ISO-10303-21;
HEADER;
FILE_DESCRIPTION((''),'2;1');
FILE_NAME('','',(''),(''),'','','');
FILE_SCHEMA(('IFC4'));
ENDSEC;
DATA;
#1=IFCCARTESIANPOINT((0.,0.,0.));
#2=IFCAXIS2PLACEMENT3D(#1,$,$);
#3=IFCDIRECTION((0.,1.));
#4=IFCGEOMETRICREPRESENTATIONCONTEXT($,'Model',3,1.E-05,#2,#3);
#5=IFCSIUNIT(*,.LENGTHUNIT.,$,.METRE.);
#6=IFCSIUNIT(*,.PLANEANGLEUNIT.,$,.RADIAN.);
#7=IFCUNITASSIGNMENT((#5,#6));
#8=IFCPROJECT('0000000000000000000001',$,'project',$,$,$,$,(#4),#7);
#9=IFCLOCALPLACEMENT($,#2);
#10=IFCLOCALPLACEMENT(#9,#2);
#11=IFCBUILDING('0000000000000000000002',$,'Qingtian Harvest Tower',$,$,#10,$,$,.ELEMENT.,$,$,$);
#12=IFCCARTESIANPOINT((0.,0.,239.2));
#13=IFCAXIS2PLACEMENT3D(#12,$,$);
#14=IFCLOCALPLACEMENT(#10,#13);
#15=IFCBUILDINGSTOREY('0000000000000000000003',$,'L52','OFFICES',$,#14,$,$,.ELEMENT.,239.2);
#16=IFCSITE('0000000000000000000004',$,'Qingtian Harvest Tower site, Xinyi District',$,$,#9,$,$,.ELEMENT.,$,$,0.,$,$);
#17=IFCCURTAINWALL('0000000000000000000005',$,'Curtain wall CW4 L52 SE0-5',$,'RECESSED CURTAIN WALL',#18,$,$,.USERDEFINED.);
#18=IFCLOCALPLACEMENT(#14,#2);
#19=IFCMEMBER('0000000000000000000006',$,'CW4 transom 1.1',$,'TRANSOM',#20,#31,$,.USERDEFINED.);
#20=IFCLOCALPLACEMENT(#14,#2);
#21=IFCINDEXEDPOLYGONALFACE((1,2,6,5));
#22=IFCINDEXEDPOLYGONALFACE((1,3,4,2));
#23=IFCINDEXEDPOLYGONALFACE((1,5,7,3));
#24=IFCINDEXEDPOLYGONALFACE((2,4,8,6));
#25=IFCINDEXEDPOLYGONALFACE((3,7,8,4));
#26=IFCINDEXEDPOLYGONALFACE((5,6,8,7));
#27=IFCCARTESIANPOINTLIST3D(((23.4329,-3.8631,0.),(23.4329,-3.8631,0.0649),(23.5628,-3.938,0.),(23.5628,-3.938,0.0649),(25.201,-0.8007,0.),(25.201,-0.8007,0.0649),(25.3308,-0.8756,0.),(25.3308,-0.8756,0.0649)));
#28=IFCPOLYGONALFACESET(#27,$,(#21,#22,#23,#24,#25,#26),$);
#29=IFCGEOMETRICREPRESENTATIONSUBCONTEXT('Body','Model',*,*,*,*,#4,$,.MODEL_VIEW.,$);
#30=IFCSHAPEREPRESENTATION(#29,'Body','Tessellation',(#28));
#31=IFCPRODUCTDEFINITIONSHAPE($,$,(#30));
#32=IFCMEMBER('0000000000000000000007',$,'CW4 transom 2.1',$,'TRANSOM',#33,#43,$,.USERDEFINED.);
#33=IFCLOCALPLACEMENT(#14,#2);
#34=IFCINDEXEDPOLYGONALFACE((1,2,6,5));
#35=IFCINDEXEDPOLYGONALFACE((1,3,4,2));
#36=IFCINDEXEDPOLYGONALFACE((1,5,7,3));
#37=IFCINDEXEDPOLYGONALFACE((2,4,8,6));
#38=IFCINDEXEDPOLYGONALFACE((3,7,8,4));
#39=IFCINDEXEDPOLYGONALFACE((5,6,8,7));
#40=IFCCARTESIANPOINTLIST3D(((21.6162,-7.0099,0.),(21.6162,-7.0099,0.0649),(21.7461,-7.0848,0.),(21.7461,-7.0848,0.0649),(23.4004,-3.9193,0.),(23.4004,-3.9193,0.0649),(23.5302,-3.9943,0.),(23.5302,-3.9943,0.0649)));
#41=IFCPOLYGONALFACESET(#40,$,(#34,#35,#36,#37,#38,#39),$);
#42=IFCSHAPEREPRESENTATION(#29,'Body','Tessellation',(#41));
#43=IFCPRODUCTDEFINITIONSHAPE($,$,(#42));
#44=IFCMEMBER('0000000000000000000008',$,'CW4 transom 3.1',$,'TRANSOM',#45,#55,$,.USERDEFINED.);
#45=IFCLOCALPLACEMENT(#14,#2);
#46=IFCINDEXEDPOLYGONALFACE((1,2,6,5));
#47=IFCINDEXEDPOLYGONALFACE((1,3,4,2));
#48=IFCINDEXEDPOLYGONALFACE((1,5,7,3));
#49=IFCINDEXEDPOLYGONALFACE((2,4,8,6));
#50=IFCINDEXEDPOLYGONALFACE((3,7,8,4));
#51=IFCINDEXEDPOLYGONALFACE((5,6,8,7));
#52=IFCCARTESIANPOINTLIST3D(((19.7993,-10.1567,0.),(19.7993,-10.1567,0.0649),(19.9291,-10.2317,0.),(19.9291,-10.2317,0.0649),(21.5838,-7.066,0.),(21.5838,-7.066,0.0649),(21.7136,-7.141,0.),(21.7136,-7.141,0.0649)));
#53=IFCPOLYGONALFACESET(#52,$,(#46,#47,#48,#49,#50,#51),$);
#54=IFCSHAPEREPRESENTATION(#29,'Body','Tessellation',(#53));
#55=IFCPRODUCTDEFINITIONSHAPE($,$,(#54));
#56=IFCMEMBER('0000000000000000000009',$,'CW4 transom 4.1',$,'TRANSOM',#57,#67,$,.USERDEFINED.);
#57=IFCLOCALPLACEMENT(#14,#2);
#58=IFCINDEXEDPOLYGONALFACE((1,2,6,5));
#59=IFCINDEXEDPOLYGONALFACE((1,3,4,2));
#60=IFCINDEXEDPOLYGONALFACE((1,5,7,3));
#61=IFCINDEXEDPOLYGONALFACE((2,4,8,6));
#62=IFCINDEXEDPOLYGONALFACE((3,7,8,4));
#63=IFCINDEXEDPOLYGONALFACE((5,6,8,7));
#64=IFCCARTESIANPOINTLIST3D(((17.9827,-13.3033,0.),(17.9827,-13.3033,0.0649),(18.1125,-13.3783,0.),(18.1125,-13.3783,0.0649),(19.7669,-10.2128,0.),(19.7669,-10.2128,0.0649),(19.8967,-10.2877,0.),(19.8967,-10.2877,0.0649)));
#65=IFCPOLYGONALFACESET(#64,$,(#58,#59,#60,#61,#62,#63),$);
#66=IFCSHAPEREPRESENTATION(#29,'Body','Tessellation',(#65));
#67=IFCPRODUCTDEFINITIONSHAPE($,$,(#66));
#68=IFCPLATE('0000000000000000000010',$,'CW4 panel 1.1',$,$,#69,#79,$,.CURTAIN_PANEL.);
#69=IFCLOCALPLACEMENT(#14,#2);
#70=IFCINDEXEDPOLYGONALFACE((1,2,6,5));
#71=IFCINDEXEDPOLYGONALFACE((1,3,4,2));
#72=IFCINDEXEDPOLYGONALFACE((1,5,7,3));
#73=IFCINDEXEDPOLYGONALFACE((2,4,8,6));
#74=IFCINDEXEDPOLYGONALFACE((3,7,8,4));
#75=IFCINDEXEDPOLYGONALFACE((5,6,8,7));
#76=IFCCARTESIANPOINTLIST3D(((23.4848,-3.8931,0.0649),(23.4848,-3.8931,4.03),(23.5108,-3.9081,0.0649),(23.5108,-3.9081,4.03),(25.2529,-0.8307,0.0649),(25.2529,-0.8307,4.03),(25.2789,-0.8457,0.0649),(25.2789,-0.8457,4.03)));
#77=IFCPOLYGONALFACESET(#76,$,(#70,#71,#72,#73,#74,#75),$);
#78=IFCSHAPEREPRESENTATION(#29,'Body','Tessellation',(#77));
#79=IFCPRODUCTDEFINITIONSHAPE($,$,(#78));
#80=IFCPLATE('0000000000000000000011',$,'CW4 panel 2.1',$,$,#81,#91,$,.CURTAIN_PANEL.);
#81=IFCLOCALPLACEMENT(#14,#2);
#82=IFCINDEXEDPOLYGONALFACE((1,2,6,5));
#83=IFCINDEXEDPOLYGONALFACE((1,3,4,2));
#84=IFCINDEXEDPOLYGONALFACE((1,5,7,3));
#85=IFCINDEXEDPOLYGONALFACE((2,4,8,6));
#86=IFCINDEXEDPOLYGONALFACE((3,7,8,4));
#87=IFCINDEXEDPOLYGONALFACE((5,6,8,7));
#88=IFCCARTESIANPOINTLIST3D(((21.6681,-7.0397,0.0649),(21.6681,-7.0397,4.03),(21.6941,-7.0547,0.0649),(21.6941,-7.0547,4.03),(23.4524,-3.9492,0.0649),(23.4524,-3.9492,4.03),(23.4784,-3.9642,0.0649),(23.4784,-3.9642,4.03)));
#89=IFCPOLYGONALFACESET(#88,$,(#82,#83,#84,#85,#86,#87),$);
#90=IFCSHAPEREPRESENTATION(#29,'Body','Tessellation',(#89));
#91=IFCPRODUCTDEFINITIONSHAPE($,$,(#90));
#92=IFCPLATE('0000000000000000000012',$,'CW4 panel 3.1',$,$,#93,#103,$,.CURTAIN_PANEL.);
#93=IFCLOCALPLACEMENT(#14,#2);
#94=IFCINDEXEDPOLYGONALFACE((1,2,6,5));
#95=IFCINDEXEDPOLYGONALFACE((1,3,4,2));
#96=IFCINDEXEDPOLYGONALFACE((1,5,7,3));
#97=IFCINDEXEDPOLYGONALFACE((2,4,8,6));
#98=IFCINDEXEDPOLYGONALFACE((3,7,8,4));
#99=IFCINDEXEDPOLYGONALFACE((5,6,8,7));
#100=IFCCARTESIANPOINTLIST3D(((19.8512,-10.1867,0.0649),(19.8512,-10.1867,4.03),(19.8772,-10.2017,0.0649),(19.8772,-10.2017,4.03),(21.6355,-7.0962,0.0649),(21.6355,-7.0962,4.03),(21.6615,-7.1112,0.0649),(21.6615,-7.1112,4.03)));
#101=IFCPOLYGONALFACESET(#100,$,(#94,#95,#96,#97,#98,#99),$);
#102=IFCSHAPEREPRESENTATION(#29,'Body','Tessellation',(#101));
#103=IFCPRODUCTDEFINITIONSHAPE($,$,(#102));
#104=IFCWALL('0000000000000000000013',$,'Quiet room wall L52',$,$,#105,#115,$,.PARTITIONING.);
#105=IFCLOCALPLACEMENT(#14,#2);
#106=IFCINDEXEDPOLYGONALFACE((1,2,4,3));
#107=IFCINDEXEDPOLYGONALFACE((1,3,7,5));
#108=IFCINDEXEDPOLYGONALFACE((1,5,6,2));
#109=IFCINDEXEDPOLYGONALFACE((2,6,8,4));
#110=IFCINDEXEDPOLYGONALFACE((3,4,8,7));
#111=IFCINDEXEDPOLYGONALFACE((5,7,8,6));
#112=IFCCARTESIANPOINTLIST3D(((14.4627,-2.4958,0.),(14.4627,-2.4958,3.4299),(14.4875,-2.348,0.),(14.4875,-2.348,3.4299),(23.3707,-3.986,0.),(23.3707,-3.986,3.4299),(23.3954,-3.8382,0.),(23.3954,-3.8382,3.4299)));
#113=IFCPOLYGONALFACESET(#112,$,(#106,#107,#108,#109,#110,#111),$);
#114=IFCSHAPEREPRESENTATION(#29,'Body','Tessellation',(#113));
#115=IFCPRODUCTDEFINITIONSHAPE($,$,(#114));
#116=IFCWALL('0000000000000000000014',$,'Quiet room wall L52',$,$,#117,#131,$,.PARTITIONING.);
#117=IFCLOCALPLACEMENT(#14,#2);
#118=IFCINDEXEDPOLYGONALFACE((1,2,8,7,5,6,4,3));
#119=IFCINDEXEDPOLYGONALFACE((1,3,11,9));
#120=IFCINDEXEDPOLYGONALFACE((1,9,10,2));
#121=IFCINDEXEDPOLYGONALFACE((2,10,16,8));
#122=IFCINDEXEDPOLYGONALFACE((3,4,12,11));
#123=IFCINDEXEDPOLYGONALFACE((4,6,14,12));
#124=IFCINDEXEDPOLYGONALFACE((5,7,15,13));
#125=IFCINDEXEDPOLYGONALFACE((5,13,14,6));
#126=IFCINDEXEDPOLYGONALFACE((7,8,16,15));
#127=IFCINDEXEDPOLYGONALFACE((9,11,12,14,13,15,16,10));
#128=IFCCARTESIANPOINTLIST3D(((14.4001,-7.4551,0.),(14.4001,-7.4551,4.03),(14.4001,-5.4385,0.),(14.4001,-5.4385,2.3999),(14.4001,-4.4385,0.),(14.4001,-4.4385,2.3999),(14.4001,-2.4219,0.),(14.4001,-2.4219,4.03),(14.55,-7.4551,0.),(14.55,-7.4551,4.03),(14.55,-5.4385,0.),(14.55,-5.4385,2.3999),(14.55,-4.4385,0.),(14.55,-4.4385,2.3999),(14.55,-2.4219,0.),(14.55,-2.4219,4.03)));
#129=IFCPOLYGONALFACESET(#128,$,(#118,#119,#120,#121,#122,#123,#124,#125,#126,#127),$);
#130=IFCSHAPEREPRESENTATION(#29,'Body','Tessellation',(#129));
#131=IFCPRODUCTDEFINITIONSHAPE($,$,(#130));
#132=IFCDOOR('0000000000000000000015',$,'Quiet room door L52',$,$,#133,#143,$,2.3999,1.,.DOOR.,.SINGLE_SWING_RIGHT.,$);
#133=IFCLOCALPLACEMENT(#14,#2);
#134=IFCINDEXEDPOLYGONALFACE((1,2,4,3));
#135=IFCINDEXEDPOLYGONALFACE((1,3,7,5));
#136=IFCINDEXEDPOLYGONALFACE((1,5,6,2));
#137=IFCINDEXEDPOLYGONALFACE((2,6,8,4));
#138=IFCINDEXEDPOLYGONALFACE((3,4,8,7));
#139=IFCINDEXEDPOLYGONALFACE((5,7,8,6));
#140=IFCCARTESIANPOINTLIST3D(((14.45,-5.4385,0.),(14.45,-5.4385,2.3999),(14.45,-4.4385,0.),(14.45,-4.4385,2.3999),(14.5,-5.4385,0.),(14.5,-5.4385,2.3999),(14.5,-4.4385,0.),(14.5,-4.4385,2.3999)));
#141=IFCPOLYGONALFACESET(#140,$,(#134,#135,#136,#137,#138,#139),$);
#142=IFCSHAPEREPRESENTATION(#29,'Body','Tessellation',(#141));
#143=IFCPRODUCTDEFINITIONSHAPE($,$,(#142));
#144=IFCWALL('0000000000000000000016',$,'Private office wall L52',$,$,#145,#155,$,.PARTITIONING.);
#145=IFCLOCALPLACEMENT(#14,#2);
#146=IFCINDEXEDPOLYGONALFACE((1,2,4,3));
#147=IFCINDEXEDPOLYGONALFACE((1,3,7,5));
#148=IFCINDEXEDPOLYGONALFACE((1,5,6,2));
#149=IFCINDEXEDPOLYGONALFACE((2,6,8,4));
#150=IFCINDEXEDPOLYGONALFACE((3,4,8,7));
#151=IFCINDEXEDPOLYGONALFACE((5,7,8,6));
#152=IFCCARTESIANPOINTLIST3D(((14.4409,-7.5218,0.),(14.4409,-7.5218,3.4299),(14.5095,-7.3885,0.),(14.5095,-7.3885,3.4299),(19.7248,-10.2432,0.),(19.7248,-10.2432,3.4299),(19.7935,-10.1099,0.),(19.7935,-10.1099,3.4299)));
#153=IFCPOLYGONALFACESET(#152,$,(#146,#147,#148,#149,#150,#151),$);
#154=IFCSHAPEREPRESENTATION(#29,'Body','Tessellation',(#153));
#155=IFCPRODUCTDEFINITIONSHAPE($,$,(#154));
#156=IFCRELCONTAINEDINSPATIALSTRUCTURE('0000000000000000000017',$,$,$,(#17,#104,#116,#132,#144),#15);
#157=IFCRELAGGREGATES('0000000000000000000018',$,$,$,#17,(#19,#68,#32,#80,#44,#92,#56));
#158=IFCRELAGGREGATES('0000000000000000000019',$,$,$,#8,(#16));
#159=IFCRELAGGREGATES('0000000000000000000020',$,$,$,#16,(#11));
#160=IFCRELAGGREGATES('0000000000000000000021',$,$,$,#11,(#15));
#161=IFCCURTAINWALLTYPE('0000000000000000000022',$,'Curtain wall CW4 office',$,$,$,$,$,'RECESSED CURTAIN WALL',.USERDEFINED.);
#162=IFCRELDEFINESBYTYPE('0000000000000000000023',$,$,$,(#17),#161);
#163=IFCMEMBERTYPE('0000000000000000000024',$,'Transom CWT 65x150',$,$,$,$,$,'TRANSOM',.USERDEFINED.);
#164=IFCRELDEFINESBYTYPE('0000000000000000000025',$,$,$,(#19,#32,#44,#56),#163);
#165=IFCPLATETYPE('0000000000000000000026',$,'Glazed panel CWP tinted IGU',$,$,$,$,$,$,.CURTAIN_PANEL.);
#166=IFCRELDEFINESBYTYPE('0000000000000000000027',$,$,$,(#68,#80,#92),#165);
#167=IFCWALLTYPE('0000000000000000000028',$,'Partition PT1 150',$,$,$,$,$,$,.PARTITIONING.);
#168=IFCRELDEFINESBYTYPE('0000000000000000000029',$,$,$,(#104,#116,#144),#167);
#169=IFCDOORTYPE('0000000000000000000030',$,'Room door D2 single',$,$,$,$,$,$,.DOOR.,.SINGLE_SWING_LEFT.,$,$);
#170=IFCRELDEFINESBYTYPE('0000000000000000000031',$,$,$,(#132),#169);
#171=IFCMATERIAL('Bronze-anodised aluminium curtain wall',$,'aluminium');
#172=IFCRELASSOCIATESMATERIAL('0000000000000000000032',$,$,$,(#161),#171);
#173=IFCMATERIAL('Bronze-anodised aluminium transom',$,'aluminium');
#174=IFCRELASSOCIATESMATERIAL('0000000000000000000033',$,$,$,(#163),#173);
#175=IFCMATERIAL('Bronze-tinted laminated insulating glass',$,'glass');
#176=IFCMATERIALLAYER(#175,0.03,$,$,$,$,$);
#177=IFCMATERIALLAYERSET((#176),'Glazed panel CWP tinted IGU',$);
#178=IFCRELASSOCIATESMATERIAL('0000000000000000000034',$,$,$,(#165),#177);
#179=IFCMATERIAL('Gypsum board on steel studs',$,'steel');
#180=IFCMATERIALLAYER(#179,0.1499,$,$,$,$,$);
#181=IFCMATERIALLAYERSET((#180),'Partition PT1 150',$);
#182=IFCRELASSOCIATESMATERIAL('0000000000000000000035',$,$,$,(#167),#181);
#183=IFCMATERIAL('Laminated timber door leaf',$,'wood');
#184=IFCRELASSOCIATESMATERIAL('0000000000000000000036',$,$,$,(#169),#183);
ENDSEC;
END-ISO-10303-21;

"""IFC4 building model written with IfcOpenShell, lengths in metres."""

from ifc_helpers import new_model, si_unit, direction, frame, frame_2d, origin, origin_2d, place, context, subcontext, project, spatial, rectangle, extrude, material, layer, layer_set, material_profile, profile_set, type_object, element, fill, aggregate, save


model = new_model("IFC4")

# Units and contexts
model_context = context("Model", 3, precision=1e-05, world=origin(), true_north=direction((0.0, 1.0)))
body_context = subcontext(model_context, "Body", "Model", "MODEL_VIEW")
ifc_project = project(units=[si_unit("LENGTHUNIT", "METRE"), si_unit("PLANEANGLEUNIT", "RADIAN")], contexts=[model_context])

# Site, building, storey
site_placement = place(None, origin())
site = spatial("IfcSite", under=ifc_project, at=site_placement, Name="Qingtian Harvest Tower site, Xinyi District", CompositionType="ELEMENT", RefElevation=0.0)
building_placement = place(site_placement, origin())
building = spatial("IfcBuilding", under=site, at=building_placement, Name="Qingtian Harvest Tower", CompositionType="ELEMENT")
storey_placement = place(building_placement, frame((0.0, 0.0, 239.2)))
storey = spatial("IfcBuildingStorey", under=building, at=storey_placement, Name="L52", Description="OFFICES", CompositionType="ELEMENT", Elevation=239.2)

# Shared definitions
ifc_material_1 = material(Name="Bronze-anodised aluminium curtain wall", Category="aluminium")
curtain_wall_type = type_object("IfcCurtainWallType", Name="Curtain wall CW4 office", ElementType="RECESSED CURTAIN WALL", PredefinedType="USERDEFINED", material=ifc_material_1)

# Curtain wall
curtain_wall_1_placement = place(storey_placement, origin())
curtain_wall_1 = element("IfcCurtainWall", 1, at=curtain_wall_1_placement, inside=storey, type_object=curtain_wall_type, Name="Curtain wall CW4 L52 SE0-5", ObjectType="RECESSED CURTAIN WALL", PredefinedType="USERDEFINED")

# Members
ifc_material_2 = material(Name="Bronze-anodised aluminium transom", Category="aluminium")
ifc_material_profile_1 = material_profile(ifc_material_2, rectangle(XDim=0.1499, YDim=0.0649, at=origin_2d()), Name="AL 65x150")
ifc_profile_set_1 = profile_set([ifc_material_profile_1], Name="Bronze-anodised aluminium transom")
member_type_1 = type_object("IfcMemberType", Name="Transom CWT 65x150", ElementType="TRANSOM", PredefinedType="USERDEFINED", material=ifc_profile_set_1)
member_1_placement = place(storey_placement, frame((25.2659, -0.8381, 0.0325), z_axis=(-0.499985, -0.866034, 0.0), x_axis=(0.866034, -0.499985, 0.0)))
member_1 = element("IfcMember", 2, at=member_1_placement, type_object=member_type_1, Name="CW4 transom 1.1", ObjectType="TRANSOM", PredefinedType="USERDEFINED", context=body_context, shape_type="SweptSolid", body=[
    extrude(rectangle(XDim=0.1499, YDim=0.0649, at=origin_2d()), origin(), (0.0, 0.0, 1.0), 3.5361),
])
member_2_placement = place(storey_placement, frame((23.4653, -3.9568, 0.0325), z_axis=(-0.499965, -0.866045, 0.0), x_axis=(0.866045, -0.499965, 0.0)))
member_2 = element("IfcMember", 3, at=member_2_placement, type_object=member_type_1, Name="CW4 transom 2.1", ObjectType="TRANSOM", PredefinedType="USERDEFINED", context=body_context, shape_type="SweptSolid", body=[
    extrude(rectangle(XDim=0.1499, YDim=0.0649, at=origin_2d()), origin(), (0.0, 0.0, 1.0), 3.5686),
])
member_3_placement = place(storey_placement, frame((21.6487, -7.1035, 0.0325), z_axis=(-0.500017, -0.866016, 0.0), x_axis=(0.866016, -0.500017, 0.0)))
member_3 = element("IfcMember", 4, at=member_3_placement, type_object=member_type_1, Name="CW4 transom 3.1", ObjectType="TRANSOM", PredefinedType="USERDEFINED", context=body_context, shape_type="SweptSolid", body=[
    extrude(rectangle(XDim=0.1499, YDim=0.0649, at=origin_2d()), origin(), (0.0, 0.0, 1.0), 3.5688),
])
member_4_placement = place(storey_placement, frame((19.8318, -10.2502, 0.0325), z_axis=(-0.499965, -0.866045, 0.0), x_axis=(0.866045, -0.499965, 0.0)))
member_4 = element("IfcMember", 5, at=member_4_placement, type_object=member_type_1, Name="CW4 transom 4.1", ObjectType="TRANSOM", PredefinedType="USERDEFINED", context=body_context, shape_type="SweptSolid", body=[
    extrude(rectangle(XDim=0.1499, YDim=0.0649, at=origin_2d()), origin(), (0.0, 0.0, 1.0), 3.5686),
])

# Plates
ifc_material_3 = material(Name="Bronze-tinted laminated insulating glass", Category="glass")
ifc_layer_1 = layer(ifc_material_3, 0.03)
ifc_layer_set_1 = layer_set([ifc_layer_1], Name="Glazed panel CWP tinted IGU")
plate_type = type_object("IfcPlateType", Name="Glazed panel CWP tinted IGU", PredefinedType="CURTAIN_PANEL", material=ifc_layer_set_1)
plate_1_placement = place(storey_placement, frame((24.3818, -2.3694, 0.0649), z_axis=(0.0, 0.0, 1.0), x_axis=(-0.5, -0.866025, 0.0)))
plate_1 = element("IfcPlate", 6, at=plate_1_placement, type_object=plate_type, Name="CW4 panel 1.1", PredefinedType="CURTAIN_PANEL", context=body_context, shape_type="SweptSolid", body=[
    extrude(rectangle(XDim=3.5361, YDim=0.03, at=origin_2d()), origin(), (0.0, 0.0, 1.0), 3.9651),
])
plate_2_placement = place(storey_placement, frame((22.5732, -5.502, 0.0649), z_axis=(0.0, 0.0, 1.0), x_axis=(-0.5, -0.866025, 0.0)))
plate_2 = element("IfcPlate", 7, at=plate_2_placement, type_object=plate_type, Name="CW4 panel 2.1", PredefinedType="CURTAIN_PANEL", context=body_context, shape_type="SweptSolid", body=[
    extrude(rectangle(XDim=3.5686, YDim=0.03, at=origin_2d()), origin(), (0.0, 0.0, 1.0), 3.9651),
])
plate_3_placement = place(storey_placement, frame((20.7563, -8.6489, 0.0649), z_axis=(0.0, 0.0, 1.0), x_axis=(-0.5, -0.866025, 0.0)))
plate_3 = element("IfcPlate", 8, at=plate_3_placement, type_object=plate_type, Name="CW4 panel 3.1", PredefinedType="CURTAIN_PANEL", context=body_context, shape_type="SweptSolid", body=[
    extrude(rectangle(XDim=3.5686, YDim=0.03, at=origin_2d()), origin(), (0.0, 0.0, 1.0), 3.9651),
])
aggregate(curtain_wall_1, [member_1, plate_1, member_2, plate_2, member_3, plate_3, member_4])

# Wall
ifc_material_4 = material(Name="Gypsum board on steel studs", Category="steel")
ifc_layer_2 = layer(ifc_material_4, 0.1499)
ifc_layer_set_2 = layer_set([ifc_layer_2], Name="Partition PT1 150")
wall_type = type_object("IfcWallType", Name="Partition PT1 150", PredefinedType="PARTITIONING", material=ifc_layer_set_2)
wall_1_placement = place(storey_placement, frame((23.3831, -3.9121, 0.0), z_axis=(0.0, 0.0, 1.0), x_axis=(-0.986294, 0.164999, 0.0)))
element("IfcWall", 9, at=wall_1_placement, inside=storey, type_object=wall_type, Name="Quiet room wall L52", PredefinedType="PARTITIONING", context=body_context, shape_type="SweptSolid", body=[
    extrude(rectangle(XDim=9.0317, YDim=0.1499, at=frame_2d((4.5159, 0.0))), origin(), (0.0, 0.0, 1.0), 3.4299),
])

# Wall, opening, door
wall_2_placement = place(storey_placement, frame((14.4751, -2.4219, 0.0), z_axis=(0.0, 0.0, 1.0), x_axis=(0.0, -1.0, 0.0)))
wall_2 = element("IfcWall", 10, at=wall_2_placement, inside=storey, type_object=wall_type, Name="Quiet room wall L52", PredefinedType="PARTITIONING", context=body_context, shape_type="SweptSolid", body=[
    extrude(rectangle(XDim=5.0332, YDim=0.1499, at=frame_2d((2.5166, 0.0))), origin(), (0.0, 0.0, 1.0), 4.03),
])
opening_1_placement = place(wall_2_placement, frame((2.0166, 0.0, 0.0)))
opening_1 = element("IfcOpeningElement", 11, at=opening_1_placement, cuts=wall_2, PredefinedType="OPENING", context=body_context, shape_type="SweptSolid", body=[
    extrude(rectangle(XDim=1.0, YDim=2.3999, at=frame_2d((0.5, 1.2))), frame((0.0, 0.085, 0.0), z_axis=(0.0, -1.0, 0.0), x_axis=(1.0, 0.0, 0.0)), (0.0, 0.0, 1.0), 0.1699),
])
ifc_material_5 = material(Name="Laminated timber door leaf", Category="wood")
door_type = type_object("IfcDoorType", Name="Room door D2 single", OperationType="SINGLE_SWING_LEFT", PredefinedType="DOOR", material=ifc_material_5)
door_1_placement = place(opening_1_placement, origin())
door_1 = element("IfcDoor", 12, at=door_1_placement, inside=storey, type_object=door_type, Name="Quiet room door L52", OperationType="SINGLE_SWING_RIGHT", OverallHeight=2.3999, OverallWidth=1.0, PredefinedType="DOOR", context=body_context, shape_type="SweptSolid", body=[
    extrude(rectangle(XDim=1.0, YDim=2.3999, at=frame_2d((0.5, 1.2))), frame((0.0, 0.0249, 0.0), z_axis=(0.0, -1.0, 0.0), x_axis=(1.0, 0.0, 0.0)), (0.0, 0.0, 1.0), 0.05),
])
fill(opening_1, door_1)

# Wall
wall_3_placement = place(storey_placement, frame((19.759, -10.1765, 0.0), z_axis=(0.0, 0.0, 1.0), x_axis=(-0.889015, 0.457878, 0.0)))
element("IfcWall", 13, at=wall_3_placement, inside=storey, type_object=wall_type, Name="Private office wall L52", PredefinedType="PARTITIONING", context=body_context, shape_type="SweptSolid", body=[
    extrude(rectangle(XDim=5.9436, YDim=0.1499, at=frame_2d((2.9717, 0.0))), origin(), (0.0, 0.0, 1.0), 3.4299),
])

save(model, "model.ifc")
